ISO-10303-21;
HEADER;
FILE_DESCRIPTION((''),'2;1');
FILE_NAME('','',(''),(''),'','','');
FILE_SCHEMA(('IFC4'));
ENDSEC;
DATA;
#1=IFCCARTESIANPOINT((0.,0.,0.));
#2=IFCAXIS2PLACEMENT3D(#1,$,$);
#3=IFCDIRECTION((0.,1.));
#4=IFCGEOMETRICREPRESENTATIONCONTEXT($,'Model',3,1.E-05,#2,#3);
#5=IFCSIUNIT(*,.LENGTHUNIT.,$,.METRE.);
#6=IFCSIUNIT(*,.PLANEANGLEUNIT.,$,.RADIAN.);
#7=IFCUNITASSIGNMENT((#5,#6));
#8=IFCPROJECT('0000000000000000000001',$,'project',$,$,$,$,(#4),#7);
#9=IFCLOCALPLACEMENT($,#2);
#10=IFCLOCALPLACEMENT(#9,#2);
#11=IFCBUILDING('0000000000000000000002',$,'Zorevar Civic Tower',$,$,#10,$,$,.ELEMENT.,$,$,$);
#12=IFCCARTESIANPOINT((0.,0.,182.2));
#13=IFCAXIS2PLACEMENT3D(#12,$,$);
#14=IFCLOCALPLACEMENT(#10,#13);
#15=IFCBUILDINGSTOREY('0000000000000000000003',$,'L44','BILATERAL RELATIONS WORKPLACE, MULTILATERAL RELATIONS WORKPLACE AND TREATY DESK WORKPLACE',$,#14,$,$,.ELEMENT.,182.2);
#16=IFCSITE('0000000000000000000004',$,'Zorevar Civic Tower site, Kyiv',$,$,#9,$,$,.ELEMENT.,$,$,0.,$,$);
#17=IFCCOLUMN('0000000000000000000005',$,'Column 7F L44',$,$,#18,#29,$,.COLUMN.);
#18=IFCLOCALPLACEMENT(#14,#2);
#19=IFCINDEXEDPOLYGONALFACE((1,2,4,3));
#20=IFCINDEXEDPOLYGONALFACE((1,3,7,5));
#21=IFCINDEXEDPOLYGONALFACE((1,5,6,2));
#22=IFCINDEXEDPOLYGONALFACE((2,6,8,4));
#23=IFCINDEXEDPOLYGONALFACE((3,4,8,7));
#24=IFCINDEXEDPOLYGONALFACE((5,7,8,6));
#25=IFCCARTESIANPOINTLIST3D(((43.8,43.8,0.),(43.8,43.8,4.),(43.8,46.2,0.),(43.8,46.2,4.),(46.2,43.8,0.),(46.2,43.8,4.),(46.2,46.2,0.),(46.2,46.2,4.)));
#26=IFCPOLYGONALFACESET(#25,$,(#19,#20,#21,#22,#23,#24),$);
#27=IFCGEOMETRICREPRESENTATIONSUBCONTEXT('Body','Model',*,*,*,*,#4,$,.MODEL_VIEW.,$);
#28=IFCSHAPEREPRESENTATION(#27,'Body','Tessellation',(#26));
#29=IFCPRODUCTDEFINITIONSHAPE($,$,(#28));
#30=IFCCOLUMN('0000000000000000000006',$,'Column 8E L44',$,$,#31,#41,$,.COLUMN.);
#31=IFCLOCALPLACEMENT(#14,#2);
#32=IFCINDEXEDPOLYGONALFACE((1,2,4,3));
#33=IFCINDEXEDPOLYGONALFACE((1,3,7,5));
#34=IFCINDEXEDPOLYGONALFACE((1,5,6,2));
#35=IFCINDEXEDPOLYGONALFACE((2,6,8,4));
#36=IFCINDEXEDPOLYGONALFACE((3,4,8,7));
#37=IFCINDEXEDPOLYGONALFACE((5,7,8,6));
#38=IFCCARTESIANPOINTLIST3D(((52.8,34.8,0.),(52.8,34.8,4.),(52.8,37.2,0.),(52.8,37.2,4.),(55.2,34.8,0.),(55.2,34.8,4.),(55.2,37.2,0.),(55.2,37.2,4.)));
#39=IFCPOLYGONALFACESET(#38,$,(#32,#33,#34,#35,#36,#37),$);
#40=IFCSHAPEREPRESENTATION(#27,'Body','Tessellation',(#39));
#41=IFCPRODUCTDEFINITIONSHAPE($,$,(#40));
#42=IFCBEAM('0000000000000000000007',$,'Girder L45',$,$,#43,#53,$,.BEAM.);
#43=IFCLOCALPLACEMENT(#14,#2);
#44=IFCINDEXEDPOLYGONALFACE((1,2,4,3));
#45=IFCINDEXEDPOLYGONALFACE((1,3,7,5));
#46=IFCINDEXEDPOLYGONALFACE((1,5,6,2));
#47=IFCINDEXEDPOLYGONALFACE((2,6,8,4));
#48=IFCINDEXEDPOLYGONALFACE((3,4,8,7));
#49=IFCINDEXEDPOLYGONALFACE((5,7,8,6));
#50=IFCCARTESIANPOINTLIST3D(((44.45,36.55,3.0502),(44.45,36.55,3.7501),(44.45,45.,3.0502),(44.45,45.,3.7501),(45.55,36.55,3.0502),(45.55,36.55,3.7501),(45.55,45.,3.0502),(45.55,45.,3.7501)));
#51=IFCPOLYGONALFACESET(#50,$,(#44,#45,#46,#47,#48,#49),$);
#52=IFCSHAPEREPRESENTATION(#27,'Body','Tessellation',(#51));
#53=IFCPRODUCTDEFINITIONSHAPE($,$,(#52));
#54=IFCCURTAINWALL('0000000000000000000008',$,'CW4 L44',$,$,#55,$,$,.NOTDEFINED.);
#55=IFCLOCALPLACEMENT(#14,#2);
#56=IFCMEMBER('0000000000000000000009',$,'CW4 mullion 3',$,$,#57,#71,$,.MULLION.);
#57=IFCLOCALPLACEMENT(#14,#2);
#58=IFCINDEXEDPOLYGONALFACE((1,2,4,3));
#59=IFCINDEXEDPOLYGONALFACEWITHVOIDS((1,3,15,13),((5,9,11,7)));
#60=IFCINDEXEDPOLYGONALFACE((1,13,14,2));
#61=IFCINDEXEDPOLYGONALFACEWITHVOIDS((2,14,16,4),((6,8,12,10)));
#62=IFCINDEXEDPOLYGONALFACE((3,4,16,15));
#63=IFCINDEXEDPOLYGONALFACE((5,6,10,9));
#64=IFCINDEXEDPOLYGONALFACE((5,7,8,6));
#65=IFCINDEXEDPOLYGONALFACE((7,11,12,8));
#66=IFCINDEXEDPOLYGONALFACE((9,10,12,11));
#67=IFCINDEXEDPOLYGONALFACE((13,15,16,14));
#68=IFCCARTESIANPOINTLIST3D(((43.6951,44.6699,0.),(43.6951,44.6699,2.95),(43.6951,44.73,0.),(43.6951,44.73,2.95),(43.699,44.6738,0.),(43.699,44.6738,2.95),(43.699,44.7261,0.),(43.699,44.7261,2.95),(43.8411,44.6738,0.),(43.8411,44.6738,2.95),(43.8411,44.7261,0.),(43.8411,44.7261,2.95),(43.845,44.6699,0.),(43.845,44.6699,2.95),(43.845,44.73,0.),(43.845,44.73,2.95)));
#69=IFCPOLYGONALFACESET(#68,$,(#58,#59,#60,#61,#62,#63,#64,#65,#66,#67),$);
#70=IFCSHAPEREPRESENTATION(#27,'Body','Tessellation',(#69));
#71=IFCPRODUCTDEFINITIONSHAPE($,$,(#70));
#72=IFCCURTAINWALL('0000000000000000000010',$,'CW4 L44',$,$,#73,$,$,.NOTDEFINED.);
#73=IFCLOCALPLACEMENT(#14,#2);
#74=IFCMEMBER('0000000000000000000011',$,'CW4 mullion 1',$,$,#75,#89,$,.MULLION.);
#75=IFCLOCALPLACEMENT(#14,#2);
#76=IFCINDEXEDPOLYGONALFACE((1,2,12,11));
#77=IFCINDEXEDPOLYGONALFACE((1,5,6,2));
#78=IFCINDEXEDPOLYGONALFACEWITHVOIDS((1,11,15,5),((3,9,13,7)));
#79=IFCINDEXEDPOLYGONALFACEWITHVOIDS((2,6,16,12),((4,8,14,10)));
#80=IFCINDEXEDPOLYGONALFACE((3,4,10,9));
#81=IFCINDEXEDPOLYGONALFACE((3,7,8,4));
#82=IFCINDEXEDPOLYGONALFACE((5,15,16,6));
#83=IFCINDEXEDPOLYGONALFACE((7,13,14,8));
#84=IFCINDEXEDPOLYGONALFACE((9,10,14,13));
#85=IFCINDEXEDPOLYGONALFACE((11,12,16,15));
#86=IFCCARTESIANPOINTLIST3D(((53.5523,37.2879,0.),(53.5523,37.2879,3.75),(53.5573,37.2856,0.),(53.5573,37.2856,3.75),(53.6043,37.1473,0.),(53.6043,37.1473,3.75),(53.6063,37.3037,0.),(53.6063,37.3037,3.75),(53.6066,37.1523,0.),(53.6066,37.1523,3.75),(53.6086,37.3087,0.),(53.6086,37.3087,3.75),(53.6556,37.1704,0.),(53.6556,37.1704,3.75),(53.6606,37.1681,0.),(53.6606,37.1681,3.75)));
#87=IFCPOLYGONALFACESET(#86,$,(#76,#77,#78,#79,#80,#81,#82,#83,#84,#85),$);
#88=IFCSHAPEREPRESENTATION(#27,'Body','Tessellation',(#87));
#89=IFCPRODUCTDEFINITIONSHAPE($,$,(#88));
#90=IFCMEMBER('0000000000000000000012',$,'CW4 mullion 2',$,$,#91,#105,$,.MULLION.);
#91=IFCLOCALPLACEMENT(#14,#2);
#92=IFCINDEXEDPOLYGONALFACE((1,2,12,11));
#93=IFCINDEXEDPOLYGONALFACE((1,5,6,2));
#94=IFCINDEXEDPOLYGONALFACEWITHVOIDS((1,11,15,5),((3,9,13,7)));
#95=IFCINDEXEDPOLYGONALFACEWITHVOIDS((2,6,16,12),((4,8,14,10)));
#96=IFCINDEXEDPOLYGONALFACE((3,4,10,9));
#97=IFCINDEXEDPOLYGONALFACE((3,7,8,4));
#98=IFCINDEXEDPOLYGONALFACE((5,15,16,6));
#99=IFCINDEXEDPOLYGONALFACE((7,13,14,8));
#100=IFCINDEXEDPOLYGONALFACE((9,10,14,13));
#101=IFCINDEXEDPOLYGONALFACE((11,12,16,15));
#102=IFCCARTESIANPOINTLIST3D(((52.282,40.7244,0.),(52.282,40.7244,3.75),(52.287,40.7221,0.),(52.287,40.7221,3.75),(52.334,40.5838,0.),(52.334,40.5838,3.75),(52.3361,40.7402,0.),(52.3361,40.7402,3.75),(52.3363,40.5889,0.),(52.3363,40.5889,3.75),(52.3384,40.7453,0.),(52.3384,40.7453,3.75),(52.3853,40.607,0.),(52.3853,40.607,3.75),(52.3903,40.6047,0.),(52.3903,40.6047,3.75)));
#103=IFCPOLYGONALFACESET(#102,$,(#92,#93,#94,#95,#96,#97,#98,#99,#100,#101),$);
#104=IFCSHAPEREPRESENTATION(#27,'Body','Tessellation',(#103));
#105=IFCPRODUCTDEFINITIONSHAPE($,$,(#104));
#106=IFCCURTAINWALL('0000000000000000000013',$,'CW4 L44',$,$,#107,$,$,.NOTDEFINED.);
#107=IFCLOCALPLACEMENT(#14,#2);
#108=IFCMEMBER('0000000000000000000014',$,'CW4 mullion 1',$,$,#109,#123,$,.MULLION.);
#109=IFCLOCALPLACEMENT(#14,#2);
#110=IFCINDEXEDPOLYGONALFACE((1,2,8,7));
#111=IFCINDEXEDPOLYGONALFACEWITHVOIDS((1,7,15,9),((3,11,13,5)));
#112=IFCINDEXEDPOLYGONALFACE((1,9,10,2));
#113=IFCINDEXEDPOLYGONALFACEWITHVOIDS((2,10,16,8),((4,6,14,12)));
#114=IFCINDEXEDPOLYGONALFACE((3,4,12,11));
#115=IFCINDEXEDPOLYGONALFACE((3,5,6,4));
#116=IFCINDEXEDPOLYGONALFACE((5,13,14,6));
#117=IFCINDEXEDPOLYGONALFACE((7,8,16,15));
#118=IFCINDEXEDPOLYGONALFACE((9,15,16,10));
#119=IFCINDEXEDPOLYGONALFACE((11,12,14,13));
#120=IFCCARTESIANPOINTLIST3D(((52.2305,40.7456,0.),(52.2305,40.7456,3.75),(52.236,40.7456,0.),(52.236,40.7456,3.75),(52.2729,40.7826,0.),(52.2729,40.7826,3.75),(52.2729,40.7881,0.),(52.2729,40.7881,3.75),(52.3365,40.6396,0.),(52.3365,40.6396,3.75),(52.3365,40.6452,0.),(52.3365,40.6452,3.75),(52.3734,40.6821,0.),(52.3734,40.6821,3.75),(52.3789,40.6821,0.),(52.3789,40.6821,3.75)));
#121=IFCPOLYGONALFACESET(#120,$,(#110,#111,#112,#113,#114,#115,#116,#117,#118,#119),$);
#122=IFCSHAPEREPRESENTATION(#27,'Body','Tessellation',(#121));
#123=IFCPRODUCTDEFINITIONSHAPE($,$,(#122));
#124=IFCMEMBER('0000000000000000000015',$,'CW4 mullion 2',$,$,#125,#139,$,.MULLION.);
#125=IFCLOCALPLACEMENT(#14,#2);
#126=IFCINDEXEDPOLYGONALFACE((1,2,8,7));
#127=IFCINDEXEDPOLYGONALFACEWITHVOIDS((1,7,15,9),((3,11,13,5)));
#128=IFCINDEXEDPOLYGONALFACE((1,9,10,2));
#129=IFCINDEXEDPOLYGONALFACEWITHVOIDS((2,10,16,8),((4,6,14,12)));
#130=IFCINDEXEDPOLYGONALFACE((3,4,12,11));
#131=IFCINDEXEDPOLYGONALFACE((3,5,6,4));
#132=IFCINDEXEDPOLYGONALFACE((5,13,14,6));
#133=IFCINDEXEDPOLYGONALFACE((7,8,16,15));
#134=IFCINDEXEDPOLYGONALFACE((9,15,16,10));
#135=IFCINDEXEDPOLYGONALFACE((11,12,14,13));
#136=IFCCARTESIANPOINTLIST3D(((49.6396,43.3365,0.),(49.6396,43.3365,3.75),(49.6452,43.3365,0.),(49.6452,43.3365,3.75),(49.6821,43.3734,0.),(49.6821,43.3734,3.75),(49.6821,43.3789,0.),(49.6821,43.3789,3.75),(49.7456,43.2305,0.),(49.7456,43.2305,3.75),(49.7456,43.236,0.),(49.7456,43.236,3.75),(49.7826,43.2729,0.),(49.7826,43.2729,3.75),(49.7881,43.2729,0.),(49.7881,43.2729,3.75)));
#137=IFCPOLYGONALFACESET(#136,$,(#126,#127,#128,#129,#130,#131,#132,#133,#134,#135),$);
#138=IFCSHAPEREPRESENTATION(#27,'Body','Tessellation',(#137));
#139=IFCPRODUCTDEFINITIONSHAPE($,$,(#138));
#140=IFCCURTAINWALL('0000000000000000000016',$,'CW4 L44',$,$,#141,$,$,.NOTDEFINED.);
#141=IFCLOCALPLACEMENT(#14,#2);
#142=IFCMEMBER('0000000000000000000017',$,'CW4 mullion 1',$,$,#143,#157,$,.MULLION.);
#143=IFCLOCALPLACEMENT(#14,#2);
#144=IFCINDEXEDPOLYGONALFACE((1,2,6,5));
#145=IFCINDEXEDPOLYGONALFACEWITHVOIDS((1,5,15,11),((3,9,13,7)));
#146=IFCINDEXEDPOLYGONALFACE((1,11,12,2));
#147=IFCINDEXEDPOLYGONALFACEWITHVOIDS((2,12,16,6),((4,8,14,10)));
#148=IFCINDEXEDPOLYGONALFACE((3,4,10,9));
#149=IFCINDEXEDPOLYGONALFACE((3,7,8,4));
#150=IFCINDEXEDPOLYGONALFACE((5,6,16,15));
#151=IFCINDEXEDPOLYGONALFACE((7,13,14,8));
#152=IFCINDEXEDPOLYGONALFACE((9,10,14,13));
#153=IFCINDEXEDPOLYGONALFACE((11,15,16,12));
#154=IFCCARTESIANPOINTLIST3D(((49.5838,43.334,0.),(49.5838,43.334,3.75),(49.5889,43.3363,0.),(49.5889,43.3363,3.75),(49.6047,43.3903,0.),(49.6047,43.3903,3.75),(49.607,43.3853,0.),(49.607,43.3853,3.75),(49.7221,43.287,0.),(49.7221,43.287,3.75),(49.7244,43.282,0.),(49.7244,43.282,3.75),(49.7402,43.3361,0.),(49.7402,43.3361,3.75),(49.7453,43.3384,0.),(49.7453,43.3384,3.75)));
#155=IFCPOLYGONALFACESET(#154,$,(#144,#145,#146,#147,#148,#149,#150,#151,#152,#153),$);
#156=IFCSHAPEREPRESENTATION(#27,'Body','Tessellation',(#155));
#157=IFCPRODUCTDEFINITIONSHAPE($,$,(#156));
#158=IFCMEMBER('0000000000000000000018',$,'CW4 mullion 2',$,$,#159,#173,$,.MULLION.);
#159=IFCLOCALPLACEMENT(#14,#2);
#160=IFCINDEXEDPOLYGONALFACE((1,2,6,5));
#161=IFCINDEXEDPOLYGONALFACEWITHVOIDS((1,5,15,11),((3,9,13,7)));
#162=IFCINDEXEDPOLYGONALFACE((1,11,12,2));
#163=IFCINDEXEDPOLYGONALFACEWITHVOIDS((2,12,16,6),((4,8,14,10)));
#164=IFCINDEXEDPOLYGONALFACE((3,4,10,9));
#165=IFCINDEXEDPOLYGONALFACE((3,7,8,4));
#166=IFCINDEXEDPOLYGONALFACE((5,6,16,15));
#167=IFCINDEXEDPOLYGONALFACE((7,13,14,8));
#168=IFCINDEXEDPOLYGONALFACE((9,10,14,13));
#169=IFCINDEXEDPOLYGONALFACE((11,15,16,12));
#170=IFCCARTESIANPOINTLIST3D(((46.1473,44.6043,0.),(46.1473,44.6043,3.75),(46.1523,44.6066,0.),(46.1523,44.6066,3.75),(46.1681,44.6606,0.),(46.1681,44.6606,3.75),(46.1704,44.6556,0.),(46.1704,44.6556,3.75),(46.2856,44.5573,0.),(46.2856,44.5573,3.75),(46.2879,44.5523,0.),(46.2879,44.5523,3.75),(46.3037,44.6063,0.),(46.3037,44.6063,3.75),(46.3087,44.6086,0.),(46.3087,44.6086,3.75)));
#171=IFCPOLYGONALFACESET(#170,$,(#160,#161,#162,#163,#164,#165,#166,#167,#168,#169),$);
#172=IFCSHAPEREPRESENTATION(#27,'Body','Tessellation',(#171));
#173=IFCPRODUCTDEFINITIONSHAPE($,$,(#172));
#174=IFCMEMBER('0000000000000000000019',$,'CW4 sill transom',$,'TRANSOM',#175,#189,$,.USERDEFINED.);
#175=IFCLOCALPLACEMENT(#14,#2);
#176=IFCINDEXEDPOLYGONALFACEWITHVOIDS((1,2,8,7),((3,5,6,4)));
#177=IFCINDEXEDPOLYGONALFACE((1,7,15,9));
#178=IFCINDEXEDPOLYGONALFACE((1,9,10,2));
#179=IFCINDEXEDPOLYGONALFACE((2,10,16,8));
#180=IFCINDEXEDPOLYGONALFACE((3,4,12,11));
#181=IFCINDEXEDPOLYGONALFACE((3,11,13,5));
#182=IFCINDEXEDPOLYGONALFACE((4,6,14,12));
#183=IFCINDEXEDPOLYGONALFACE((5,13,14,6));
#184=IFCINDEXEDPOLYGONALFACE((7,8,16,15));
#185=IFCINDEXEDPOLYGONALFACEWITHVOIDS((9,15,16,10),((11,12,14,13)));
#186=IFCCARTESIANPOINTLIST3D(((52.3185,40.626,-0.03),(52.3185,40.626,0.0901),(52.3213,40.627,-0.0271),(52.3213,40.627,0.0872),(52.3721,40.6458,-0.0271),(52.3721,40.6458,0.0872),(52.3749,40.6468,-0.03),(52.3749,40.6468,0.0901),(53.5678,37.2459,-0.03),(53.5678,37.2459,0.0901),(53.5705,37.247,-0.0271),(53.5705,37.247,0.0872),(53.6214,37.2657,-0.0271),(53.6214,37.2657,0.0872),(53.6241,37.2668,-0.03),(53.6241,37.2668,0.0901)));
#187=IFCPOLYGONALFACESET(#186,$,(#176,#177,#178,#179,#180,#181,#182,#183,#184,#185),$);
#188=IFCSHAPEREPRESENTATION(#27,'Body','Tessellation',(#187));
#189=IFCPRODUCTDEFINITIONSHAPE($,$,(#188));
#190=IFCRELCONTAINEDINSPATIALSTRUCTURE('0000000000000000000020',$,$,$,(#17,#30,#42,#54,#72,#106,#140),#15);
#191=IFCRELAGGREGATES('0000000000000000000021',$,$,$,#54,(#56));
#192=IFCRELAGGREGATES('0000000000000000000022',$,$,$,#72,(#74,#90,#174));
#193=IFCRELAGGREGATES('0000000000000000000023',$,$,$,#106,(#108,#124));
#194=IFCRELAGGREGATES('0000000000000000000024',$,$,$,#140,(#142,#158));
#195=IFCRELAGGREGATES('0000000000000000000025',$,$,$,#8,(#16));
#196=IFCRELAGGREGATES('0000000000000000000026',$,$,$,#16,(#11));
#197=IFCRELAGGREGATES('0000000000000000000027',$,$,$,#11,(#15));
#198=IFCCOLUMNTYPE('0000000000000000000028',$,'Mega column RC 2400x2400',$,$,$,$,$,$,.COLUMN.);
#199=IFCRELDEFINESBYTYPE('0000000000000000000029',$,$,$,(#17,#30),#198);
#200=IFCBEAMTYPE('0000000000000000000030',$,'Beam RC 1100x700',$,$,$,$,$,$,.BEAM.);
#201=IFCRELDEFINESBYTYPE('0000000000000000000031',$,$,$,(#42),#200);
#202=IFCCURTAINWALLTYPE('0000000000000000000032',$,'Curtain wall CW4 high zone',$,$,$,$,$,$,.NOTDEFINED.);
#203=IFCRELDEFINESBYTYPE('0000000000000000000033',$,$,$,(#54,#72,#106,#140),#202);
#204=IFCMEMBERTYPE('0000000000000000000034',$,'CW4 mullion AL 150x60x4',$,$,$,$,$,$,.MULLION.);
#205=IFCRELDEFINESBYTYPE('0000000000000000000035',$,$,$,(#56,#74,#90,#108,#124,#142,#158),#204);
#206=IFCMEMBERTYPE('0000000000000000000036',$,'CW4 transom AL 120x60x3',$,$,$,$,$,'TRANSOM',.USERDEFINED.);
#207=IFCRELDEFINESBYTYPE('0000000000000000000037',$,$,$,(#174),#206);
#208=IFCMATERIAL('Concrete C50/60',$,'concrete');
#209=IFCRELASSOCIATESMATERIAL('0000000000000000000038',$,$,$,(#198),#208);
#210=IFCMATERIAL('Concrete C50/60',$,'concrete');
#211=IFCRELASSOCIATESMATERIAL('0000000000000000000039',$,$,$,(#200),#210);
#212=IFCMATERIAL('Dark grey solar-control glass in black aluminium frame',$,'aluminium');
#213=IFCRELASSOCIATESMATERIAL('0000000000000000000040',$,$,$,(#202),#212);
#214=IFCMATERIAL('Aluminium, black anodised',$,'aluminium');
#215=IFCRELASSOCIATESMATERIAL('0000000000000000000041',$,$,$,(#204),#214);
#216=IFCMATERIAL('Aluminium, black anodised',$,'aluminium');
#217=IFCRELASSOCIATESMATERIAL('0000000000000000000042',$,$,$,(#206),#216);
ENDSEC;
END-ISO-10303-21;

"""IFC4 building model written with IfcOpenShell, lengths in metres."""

from ifc_helpers import new_model, si_unit, direction, frame, origin, origin_2d, place, context, subcontext, project, spatial, rectangle, hollow_rectangle, extrude, material, material_profile, profile_set, type_object, element, aggregate, save


model = new_model("IFC4")

# Units and contexts
model_context = context("Model", 3, precision=1e-05, world=origin(), true_north=direction((0.0, 1.0)))
body_context = subcontext(model_context, "Body", "Model", "MODEL_VIEW")
ifc_project = project(units=[si_unit("LENGTHUNIT", "METRE"), si_unit("PLANEANGLEUNIT", "RADIAN")], contexts=[model_context])

# Site, building, storey
site_placement = place(None, origin())
site = spatial("IfcSite", under=ifc_project, at=site_placement, Name="Zorevar Civic Tower site, Kyiv", CompositionType="ELEMENT", RefElevation=0.0)
building_placement = place(site_placement, origin())
building = spatial("IfcBuilding", under=site, at=building_placement, Name="Zorevar Civic Tower", CompositionType="ELEMENT")
storey_placement = place(building_placement, frame((0.0, 0.0, 182.2)))
storey = spatial("IfcBuildingStorey", under=building, at=storey_placement, Name="L44", Description="BILATERAL RELATIONS WORKPLACE, MULTILATERAL RELATIONS WORKPLACE AND TREATY DESK WORKPLACE", CompositionType="ELEMENT", Elevation=182.2)

# Columns
ifc_material_1 = material(Name="Concrete C50/60", Category="concrete")
ifc_material_profile_1 = material_profile(ifc_material_1, rectangle(XDim=2.3999, YDim=2.3999, at=origin_2d()), Name="RC 2400x2400")
ifc_profile_set_1 = profile_set([ifc_material_profile_1], Name="Concrete C50/60")
column_type = type_object("IfcColumnType", Name="Mega column RC 2400x2400", PredefinedType="COLUMN", material=ifc_profile_set_1)
for number, where, z_axis, x_axis, name in (
    (1, (45.0, 45.0, 0.0), (0.0, 0.0, 1.0), (1.0, 0.0, 0.0), "Column 7F L44"),
    (2, (54.0, 36.0, 0.0), (0.0, 0.0, 1.0), (1.0, 0.0, 0.0), "Column 8E L44"),
):
    element("IfcColumn", number, at=place(storey_placement, frame(where, z_axis=z_axis, x_axis=x_axis)), inside=storey, type_object=column_type, Name=name, PredefinedType="COLUMN", context=body_context, shape_type="SweptSolid", body=[
        extrude(rectangle(XDim=2.3999, YDim=2.3999, at=origin_2d()), origin(), (0.0, 0.0, 1.0), 4.0),
    ])

# Beam
ifc_material_2 = material(Name="Concrete C50/60", Category="concrete")
ifc_material_profile_2 = material_profile(ifc_material_2, rectangle(XDim=1.1001, YDim=0.7, at=origin_2d()), Name="RC 1100x700")
ifc_profile_set_2 = profile_set([ifc_material_profile_2], Name="Concrete C50/60")
beam_type_1 = type_object("IfcBeamType", Name="Beam RC 1100x700", PredefinedType="BEAM", material=ifc_profile_set_2)
beam_1_placement = place(storey_placement, frame((45.0, 36.55, 3.4001), z_axis=(0.0, 1.0, 0.0), x_axis=(-1.0, 0.0, 0.0)))
element("IfcBeam", 3, at=beam_1_placement, inside=storey, type_object=beam_type_1, Name="Girder L45", PredefinedType="BEAM", context=body_context, shape_type="SweptSolid", body=[
    extrude(rectangle(XDim=1.1001, YDim=0.7, at=origin_2d()), origin(), (0.0, 0.0, 1.0), 8.45),
])

# Curtain wall, member
ifc_material_3 = material(Name="Dark grey solar-control glass in black aluminium frame", Category="aluminium")
curtain_wall_type = type_object("IfcCurtainWallType", Name="Curtain wall CW4 high zone", PredefinedType="NOTDEFINED", material=ifc_material_3)
curtain_wall_1_placement = place(storey_placement, origin())
curtain_wall_1 = element("IfcCurtainWall", 4, at=curtain_wall_1_placement, inside=storey, type_object=curtain_wall_type, Name="CW4 L44", PredefinedType="NOTDEFINED")
ifc_material_4 = material(Name="Aluminium, black anodised", Category="aluminium")
ifc_material_profile_3 = material_profile(ifc_material_4, hollow_rectangle(XDim=0.0601, YDim=0.1499, WallThickness=0.0039, at=origin_2d()), Name="AL 150x60x4")
ifc_profile_set_3 = profile_set([ifc_material_profile_3], Name="Aluminium, black anodised")
member_type_1 = type_object("IfcMemberType", Name="CW4 mullion AL 150x60x4", PredefinedType="MULLION", material=ifc_profile_set_3)
member_1_placement = place(storey_placement, frame((43.77, 44.7, 0.0), z_axis=(0.0, 0.0, 1.0), x_axis=(0.0, 1.0, 0.0)))
member_1 = element("IfcMember", 5, at=member_1_placement, type_object=member_type_1, Name="CW4 mullion 3", PredefinedType="MULLION", context=body_context, shape_type="SweptSolid", body=[
    extrude(hollow_rectangle(XDim=0.0601, YDim=0.1499, WallThickness=0.0039, at=origin_2d()), origin(), (0.0, 0.0, 1.0), 2.95),
])

# Curtain walls, members
curtain_wall_2_placement = place(storey_placement, origin())
curtain_wall_2 = element("IfcCurtainWall", 6, at=curtain_wall_2_placement, inside=storey, type_object=curtain_wall_type, Name="CW4 L44", PredefinedType="NOTDEFINED")
member_2_placement = place(storey_placement, frame((53.6064, 37.228, 0.0), z_axis=(0.0, 0.0, 1.0), x_axis=(-0.937975, -0.346704, 0.0)))
member_2 = element("IfcMember", 7, at=member_2_placement, type_object=member_type_1, Name="CW4 mullion 1", PredefinedType="MULLION", context=body_context, shape_type="SweptSolid", body=[
    extrude(hollow_rectangle(XDim=0.0601, YDim=0.1499, WallThickness=0.0039, at=origin_2d()), origin(), (0.0, 0.0, 1.0), 3.75),
])
member_3_placement = place(storey_placement, frame((52.3362, 40.6646, 0.0), z_axis=(0.0, 0.0, 1.0), x_axis=(-0.937975, -0.346704, 0.0)))
member_3 = element("IfcMember", 8, at=member_3_placement, type_object=member_type_1, Name="CW4 mullion 2", PredefinedType="MULLION", context=body_context, shape_type="SweptSolid", body=[
    extrude(hollow_rectangle(XDim=0.0601, YDim=0.1499, WallThickness=0.0039, at=origin_2d()), origin(), (0.0, 0.0, 1.0), 3.75),
])
curtain_wall_3_placement = place(storey_placement, origin())
curtain_wall_3 = element("IfcCurtainWall", 9, at=curtain_wall_3_placement, inside=storey, type_object=curtain_wall_type, Name="CW4 L44", PredefinedType="NOTDEFINED")
member_4_placement = place(storey_placement, frame((52.3047, 40.7139, 0.0), z_axis=(0.0, 0.0, 1.0), x_axis=(-0.707107, -0.707107, 0.0)))
member_4 = element("IfcMember", 10, at=member_4_placement, type_object=member_type_1, Name="CW4 mullion 1", PredefinedType="MULLION", context=body_context, shape_type="SweptSolid", body=[
    extrude(hollow_rectangle(XDim=0.0601, YDim=0.1499, WallThickness=0.0039, at=origin_2d()), origin(), (0.0, 0.0, 1.0), 3.75),
])
member_5_placement = place(storey_placement, frame((49.7139, 43.3047, 0.0), z_axis=(0.0, 0.0, 1.0), x_axis=(-0.707107, -0.707107, 0.0)))
member_5 = element("IfcMember", 11, at=member_5_placement, type_object=member_type_1, Name="CW4 mullion 2", PredefinedType="MULLION", context=body_context, shape_type="SweptSolid", body=[
    extrude(hollow_rectangle(XDim=0.0601, YDim=0.1499, WallThickness=0.0039, at=origin_2d()), origin(), (0.0, 0.0, 1.0), 3.75),
])
curtain_wall_4_placement = place(storey_placement, origin())
curtain_wall_4 = element("IfcCurtainWall", 12, at=curtain_wall_4_placement, inside=storey, type_object=curtain_wall_type, Name="CW4 L44", PredefinedType="NOTDEFINED")
member_6_placement = place(storey_placement, frame((49.6646, 43.3362, 0.0), z_axis=(0.0, 0.0, 1.0), x_axis=(-0.346704, -0.937975, 0.0)))
member_6 = element("IfcMember", 13, at=member_6_placement, type_object=member_type_1, Name="CW4 mullion 1", PredefinedType="MULLION", context=body_context, shape_type="SweptSolid", body=[
    extrude(hollow_rectangle(XDim=0.0601, YDim=0.1499, WallThickness=0.0039, at=origin_2d()), origin(), (0.0, 0.0, 1.0), 3.75),
])
member_7_placement = place(storey_placement, frame((46.228, 44.6064, 0.0), z_axis=(0.0, 0.0, 1.0), x_axis=(-0.346704, -0.937975, 0.0)))
member_7 = element("IfcMember", 14, at=member_7_placement, type_object=member_type_1, Name="CW4 mullion 2", PredefinedType="MULLION", context=body_context, shape_type="SweptSolid", body=[
    extrude(hollow_rectangle(XDim=0.0601, YDim=0.1499, WallThickness=0.0039, at=origin_2d()), origin(), (0.0, 0.0, 1.0), 3.75),
])

# Member
ifc_material_5 = material(Name="Aluminium, black anodised", Category="aluminium")
ifc_material_profile_4 = material_profile(ifc_material_5, hollow_rectangle(XDim=0.0601, YDim=0.1201, WallThickness=0.0029, at=origin_2d()), Name="AL 120x60x3")
ifc_profile_set_4 = profile_set([ifc_material_profile_4], Name="Aluminium, black anodised")
member_type_2 = type_object("IfcMemberType", Name="CW4 transom AL 120x60x3", ElementType="TRANSOM", PredefinedType="USERDEFINED", material=ifc_profile_set_4)
member_8_placement = place(storey_placement, frame((53.5959, 37.2563, 0.03), z_axis=(-0.346672, 0.937986, 0.0), x_axis=(-0.937986, -0.346672, 0.0)))
member_8 = element("IfcMember", 15, at=member_8_placement, type_object=member_type_2, Name="CW4 sill transom", ObjectType="TRANSOM", PredefinedType="USERDEFINED", context=body_context, shape_type="SweptSolid", body=[
    extrude(hollow_rectangle(XDim=0.0601, YDim=0.1201, WallThickness=0.0029, at=origin_2d()), origin(), (0.0, 0.0, 1.0), 3.6035),
])

aggregate(curtain_wall_1, [member_1])
aggregate(curtain_wall_2, [member_2, member_3, member_8])
aggregate(curtain_wall_3, [member_4, member_5])
aggregate(curtain_wall_4, [member_6, member_7])

save(model, "model.ifc")
